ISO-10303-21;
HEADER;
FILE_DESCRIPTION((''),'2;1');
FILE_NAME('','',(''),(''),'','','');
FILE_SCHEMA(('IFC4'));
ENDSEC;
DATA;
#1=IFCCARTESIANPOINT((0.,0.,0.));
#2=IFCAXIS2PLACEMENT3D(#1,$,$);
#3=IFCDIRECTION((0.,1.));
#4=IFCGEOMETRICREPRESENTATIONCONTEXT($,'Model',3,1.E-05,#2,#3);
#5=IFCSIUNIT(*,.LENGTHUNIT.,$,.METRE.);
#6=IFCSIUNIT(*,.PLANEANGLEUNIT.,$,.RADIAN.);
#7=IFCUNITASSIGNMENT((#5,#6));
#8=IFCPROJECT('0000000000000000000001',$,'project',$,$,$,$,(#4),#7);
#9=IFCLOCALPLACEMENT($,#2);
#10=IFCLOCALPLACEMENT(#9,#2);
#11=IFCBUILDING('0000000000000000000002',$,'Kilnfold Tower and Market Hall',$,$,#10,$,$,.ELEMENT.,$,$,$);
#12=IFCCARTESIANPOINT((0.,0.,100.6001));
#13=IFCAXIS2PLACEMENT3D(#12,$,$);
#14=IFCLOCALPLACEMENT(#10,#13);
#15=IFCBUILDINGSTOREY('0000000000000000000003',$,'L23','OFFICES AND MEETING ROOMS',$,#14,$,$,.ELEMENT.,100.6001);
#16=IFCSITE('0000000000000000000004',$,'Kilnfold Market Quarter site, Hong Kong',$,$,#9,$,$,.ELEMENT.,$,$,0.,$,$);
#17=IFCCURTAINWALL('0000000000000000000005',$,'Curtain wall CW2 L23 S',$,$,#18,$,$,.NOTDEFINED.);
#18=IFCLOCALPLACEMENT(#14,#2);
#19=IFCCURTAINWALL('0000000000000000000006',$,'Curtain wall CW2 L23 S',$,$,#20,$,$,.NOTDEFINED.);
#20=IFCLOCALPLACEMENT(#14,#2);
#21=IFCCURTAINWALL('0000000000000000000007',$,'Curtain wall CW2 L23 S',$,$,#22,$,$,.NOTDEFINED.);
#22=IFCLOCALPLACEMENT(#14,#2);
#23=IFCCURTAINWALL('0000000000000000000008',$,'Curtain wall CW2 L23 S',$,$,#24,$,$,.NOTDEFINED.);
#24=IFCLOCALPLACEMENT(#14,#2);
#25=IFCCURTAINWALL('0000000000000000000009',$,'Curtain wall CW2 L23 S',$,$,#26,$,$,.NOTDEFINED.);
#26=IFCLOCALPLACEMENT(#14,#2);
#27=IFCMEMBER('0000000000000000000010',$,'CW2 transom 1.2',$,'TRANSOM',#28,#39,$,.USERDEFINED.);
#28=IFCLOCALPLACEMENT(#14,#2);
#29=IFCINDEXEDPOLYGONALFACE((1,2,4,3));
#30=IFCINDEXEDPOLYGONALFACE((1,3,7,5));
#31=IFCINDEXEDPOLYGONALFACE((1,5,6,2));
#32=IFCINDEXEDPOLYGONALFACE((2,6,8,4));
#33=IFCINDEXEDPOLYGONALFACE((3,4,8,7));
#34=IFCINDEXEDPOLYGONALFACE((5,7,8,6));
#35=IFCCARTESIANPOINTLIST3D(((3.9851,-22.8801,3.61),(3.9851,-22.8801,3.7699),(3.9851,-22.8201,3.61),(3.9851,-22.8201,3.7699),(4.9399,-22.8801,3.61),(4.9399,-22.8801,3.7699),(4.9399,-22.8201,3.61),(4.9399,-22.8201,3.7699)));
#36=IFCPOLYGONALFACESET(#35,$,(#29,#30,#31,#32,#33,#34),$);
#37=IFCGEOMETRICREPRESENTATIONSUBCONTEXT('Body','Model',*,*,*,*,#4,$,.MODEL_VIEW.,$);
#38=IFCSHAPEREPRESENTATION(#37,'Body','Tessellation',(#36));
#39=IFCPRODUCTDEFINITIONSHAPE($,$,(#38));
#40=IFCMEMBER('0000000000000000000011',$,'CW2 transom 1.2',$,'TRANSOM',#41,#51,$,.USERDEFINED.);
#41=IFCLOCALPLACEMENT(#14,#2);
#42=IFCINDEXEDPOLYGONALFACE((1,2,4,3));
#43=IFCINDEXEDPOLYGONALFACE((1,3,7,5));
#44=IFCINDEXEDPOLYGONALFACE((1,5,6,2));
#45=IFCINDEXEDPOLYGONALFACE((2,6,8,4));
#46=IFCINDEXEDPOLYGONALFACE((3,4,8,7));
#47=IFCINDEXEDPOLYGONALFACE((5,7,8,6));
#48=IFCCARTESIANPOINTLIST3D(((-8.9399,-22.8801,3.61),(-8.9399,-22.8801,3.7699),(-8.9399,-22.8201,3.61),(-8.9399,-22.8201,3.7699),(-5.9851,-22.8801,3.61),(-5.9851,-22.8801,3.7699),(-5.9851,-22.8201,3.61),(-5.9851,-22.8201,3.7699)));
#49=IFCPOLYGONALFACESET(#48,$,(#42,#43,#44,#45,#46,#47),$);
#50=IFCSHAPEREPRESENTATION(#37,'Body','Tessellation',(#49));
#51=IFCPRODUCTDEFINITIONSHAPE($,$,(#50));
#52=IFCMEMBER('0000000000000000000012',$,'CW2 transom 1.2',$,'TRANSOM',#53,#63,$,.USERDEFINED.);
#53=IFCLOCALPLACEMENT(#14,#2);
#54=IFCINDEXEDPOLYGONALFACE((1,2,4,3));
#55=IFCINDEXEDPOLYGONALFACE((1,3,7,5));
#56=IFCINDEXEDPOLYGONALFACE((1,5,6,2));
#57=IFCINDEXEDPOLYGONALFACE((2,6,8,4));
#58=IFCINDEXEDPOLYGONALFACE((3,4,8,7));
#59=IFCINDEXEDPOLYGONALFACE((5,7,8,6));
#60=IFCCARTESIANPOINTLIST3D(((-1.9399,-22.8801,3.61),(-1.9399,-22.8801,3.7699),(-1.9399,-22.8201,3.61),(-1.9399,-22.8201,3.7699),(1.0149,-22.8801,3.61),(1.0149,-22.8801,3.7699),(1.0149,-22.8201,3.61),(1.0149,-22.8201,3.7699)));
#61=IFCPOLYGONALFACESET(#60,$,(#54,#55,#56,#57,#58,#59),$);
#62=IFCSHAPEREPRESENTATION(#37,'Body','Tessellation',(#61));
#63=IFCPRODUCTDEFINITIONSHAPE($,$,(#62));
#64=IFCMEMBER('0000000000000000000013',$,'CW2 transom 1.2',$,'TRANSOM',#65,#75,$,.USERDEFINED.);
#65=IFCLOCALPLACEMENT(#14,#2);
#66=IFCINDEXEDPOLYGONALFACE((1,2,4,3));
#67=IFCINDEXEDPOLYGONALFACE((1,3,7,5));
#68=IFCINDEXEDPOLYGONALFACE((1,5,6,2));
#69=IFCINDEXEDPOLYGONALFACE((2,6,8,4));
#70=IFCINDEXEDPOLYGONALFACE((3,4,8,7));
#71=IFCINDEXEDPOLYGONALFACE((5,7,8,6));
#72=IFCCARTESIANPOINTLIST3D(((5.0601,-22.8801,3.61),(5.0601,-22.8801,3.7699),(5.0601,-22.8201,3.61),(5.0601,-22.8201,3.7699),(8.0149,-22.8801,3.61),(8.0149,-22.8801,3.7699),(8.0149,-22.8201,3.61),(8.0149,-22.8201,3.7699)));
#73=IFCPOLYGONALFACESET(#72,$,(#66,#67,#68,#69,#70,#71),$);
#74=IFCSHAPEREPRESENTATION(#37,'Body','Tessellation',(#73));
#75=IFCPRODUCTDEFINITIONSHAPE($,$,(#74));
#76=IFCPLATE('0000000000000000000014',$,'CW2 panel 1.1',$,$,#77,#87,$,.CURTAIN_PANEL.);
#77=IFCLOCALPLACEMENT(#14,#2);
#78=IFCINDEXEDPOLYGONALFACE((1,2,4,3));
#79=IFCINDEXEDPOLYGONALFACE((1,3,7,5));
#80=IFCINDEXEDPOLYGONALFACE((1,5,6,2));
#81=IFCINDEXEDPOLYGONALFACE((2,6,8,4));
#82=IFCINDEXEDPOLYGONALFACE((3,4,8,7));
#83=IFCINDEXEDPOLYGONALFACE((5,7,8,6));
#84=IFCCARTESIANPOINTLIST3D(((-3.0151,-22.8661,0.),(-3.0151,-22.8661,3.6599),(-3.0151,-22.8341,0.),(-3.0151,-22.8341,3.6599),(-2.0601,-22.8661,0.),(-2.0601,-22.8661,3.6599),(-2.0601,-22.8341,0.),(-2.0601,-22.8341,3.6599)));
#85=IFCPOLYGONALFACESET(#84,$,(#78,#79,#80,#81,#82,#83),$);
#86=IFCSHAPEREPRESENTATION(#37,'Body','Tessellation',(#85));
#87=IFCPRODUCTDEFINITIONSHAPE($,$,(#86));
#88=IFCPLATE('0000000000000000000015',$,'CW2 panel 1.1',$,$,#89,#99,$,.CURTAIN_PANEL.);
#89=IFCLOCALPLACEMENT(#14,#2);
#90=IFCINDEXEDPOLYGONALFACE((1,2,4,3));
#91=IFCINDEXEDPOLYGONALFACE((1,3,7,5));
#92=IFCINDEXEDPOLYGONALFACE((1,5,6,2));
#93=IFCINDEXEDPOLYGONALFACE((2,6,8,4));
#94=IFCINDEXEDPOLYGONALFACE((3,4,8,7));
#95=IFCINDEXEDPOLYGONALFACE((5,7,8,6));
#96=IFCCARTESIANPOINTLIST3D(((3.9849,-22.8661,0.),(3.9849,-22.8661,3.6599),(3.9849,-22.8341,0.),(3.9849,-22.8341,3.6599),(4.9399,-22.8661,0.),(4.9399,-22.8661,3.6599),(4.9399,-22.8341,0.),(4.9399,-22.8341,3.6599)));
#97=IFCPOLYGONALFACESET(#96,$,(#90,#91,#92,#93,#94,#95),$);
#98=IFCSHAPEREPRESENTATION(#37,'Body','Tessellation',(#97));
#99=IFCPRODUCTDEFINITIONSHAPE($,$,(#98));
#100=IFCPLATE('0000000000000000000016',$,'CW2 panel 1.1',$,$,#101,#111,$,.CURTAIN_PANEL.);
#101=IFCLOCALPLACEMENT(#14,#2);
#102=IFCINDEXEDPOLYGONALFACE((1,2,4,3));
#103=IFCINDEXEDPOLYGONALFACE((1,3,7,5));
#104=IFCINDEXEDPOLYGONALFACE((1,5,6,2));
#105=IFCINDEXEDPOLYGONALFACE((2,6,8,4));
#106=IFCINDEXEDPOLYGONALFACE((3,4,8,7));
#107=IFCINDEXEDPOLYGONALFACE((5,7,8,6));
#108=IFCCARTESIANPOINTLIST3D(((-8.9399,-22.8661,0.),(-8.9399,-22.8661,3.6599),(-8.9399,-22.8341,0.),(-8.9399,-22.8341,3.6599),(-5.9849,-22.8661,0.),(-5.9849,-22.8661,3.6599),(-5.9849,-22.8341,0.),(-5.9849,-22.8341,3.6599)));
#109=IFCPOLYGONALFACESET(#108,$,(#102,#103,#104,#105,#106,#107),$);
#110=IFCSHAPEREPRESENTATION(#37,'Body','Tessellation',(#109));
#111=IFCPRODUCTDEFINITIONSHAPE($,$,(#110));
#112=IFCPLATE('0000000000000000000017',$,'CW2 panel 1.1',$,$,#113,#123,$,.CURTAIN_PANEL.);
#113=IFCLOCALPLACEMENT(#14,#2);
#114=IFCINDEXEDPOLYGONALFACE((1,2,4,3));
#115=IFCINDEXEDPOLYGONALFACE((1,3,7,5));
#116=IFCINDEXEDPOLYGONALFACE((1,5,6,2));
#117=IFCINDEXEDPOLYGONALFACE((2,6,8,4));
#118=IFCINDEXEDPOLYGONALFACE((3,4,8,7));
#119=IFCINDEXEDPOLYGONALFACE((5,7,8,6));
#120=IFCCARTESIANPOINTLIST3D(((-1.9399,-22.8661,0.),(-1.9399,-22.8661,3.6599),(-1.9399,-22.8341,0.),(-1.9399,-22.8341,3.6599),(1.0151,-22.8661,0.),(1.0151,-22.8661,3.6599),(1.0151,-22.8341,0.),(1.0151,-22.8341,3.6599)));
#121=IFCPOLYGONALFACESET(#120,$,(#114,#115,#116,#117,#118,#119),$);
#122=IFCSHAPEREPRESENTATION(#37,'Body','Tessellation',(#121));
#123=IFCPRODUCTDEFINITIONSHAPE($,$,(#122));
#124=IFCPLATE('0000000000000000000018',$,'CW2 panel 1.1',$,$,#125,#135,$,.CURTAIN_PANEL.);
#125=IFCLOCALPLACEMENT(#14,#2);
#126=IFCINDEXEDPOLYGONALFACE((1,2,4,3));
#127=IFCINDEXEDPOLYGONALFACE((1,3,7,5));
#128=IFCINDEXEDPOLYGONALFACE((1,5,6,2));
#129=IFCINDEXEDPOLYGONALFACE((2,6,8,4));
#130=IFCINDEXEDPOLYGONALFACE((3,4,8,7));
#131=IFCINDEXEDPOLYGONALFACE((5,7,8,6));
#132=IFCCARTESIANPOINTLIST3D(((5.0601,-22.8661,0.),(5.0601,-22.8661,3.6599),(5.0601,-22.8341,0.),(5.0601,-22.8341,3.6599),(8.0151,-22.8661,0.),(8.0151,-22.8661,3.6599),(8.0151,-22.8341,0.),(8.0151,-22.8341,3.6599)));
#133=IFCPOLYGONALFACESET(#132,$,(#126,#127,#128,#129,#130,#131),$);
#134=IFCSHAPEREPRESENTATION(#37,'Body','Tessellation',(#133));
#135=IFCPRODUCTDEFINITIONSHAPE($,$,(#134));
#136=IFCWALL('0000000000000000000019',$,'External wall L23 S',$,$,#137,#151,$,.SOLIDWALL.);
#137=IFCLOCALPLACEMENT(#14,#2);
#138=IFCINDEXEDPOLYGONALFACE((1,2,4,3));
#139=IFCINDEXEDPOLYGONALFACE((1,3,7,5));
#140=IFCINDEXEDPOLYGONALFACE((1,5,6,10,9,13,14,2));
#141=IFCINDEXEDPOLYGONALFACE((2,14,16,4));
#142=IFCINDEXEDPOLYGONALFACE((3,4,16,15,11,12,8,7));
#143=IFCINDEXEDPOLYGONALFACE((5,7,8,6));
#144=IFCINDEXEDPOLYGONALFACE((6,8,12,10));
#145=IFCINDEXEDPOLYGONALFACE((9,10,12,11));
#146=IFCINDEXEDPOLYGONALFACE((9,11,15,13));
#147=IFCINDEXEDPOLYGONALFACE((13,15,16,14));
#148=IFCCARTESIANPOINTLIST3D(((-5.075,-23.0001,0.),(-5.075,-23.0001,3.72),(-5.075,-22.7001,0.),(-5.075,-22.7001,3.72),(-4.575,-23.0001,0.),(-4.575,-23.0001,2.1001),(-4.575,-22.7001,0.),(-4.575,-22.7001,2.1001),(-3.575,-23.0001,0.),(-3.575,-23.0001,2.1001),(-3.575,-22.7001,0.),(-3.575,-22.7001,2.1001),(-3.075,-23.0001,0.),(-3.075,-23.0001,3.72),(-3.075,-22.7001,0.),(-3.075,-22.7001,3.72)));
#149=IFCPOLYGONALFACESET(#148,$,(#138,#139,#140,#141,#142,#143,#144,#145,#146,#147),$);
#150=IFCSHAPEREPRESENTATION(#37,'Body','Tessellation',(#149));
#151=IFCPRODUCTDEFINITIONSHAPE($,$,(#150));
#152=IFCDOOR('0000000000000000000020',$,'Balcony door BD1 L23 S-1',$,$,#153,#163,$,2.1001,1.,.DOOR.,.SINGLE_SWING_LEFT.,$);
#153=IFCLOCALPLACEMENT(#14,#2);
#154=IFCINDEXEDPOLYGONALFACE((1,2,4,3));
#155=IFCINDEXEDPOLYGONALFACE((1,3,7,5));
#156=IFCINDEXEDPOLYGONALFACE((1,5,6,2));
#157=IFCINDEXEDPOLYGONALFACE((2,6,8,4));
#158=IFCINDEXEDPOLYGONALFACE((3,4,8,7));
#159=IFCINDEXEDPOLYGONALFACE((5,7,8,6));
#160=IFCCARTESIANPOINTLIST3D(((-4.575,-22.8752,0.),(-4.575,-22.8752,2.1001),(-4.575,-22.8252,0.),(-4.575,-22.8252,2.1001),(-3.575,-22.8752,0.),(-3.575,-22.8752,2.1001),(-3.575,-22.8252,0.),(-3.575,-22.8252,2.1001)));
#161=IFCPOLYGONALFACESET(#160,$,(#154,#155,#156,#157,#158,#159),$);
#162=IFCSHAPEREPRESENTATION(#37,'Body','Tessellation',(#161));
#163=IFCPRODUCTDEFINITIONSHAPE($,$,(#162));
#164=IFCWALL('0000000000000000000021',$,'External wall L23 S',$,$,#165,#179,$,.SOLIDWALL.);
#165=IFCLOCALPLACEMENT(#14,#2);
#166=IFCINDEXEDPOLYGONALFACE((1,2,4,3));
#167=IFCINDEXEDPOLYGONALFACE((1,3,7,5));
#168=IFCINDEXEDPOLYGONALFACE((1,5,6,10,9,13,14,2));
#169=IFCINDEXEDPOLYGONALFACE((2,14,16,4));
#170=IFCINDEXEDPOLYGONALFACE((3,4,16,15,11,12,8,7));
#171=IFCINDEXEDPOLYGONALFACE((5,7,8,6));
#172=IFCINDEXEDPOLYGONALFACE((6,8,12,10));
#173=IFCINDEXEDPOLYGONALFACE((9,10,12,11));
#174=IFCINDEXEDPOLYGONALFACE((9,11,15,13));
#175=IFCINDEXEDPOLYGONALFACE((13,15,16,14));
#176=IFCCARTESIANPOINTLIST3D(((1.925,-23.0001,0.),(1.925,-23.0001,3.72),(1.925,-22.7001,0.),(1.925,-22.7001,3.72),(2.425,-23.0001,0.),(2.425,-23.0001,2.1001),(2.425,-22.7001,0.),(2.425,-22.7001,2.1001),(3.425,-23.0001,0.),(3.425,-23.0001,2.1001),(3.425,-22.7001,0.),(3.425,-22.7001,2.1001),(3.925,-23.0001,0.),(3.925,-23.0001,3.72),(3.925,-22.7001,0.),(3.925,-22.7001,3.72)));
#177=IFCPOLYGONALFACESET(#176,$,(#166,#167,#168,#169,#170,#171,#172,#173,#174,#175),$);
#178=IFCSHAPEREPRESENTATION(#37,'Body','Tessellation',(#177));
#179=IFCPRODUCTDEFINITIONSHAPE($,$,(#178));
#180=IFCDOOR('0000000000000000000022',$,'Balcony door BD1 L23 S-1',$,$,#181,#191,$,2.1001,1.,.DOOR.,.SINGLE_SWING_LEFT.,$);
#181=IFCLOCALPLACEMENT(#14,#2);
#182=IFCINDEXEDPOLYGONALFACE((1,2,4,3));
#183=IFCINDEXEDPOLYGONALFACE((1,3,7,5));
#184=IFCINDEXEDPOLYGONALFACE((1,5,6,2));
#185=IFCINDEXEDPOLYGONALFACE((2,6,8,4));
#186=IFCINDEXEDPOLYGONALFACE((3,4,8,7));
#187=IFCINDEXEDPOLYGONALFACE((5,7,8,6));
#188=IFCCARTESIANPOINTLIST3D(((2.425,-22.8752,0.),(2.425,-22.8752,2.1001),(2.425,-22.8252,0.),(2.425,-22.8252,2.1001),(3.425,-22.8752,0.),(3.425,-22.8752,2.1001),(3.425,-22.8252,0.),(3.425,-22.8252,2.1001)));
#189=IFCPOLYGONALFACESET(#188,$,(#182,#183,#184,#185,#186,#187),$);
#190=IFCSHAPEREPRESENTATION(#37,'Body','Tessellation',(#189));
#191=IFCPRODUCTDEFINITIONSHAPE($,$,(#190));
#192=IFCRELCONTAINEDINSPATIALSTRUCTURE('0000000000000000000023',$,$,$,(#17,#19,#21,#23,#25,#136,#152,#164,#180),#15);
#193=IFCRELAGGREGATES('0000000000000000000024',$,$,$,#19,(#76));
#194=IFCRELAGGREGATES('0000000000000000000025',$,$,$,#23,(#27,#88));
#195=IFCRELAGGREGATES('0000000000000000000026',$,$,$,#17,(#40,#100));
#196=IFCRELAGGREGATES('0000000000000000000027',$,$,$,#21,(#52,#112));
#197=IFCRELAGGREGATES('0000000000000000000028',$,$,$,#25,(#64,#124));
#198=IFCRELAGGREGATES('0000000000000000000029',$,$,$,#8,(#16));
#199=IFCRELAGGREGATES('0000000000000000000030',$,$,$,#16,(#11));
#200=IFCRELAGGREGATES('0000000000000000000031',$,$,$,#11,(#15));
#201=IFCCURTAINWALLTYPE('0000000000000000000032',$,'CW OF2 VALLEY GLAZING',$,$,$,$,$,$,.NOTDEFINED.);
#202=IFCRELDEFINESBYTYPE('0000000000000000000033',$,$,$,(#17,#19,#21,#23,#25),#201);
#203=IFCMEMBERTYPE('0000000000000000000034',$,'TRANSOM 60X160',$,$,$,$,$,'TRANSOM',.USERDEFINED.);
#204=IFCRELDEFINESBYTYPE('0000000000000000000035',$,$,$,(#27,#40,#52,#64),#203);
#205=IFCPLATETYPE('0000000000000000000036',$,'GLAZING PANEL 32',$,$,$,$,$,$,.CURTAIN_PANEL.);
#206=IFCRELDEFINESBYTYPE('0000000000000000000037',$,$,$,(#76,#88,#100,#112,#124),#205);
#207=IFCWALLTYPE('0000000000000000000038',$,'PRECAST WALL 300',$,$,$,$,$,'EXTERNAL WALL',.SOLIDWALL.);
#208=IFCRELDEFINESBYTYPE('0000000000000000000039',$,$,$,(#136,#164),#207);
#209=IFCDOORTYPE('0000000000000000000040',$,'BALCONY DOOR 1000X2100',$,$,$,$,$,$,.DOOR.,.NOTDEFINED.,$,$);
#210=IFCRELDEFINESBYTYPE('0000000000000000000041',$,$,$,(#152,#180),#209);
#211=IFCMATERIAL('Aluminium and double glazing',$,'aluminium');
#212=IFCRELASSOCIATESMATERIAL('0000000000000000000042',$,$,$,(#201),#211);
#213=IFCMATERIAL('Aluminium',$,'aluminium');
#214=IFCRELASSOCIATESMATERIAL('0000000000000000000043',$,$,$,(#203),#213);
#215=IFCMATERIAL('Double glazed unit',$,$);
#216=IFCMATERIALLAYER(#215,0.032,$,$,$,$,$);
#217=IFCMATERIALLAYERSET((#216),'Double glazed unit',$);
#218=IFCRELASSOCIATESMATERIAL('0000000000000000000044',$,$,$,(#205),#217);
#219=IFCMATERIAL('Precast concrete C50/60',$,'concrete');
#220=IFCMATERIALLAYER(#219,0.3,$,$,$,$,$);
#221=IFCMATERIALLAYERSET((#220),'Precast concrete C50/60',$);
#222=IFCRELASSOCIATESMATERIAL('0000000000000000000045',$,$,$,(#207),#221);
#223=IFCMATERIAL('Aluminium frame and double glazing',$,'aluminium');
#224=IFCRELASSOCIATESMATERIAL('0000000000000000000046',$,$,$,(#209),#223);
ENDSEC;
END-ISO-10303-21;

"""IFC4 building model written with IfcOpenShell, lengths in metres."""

from ifc_helpers import new_model, si_unit, direction, frame, frame_2d, origin, origin_2d, place, context, subcontext, project, spatial, rectangle, extrude, source, transform, mapped, material, layer, layer_set, material_profile, profile_set, type_object, element, fill, aggregate, save


model = new_model("IFC4")

# Units and contexts
model_context = context("Model", 3, precision=1e-05, world=origin(), true_north=direction((0.0, 1.0)))
body_context = subcontext(model_context, "Body", "Model", "MODEL_VIEW")
ifc_project = project(units=[si_unit("LENGTHUNIT", "METRE"), si_unit("PLANEANGLEUNIT", "RADIAN")], contexts=[model_context])

# Site, building, storey
site_placement = place(None, origin())
site = spatial("IfcSite", under=ifc_project, at=site_placement, Name="Kilnfold Market Quarter site, Hong Kong", CompositionType="ELEMENT", RefElevation=0.0)
building_placement = place(site_placement, origin())
building = spatial("IfcBuilding", under=site, at=building_placement, Name="Kilnfold Tower and Market Hall", CompositionType="ELEMENT")
storey_placement = place(building_placement, frame((0.0, 0.0, 100.6001)))
storey = spatial("IfcBuildingStorey", under=building, at=storey_placement, Name="L23", Description="OFFICES AND MEETING ROOMS", CompositionType="ELEMENT", Elevation=100.6001)

# Shared definitions
ifc_material_1 = material(Name="Aluminium and double glazing", Category="aluminium")
curtain_wall_type = type_object("IfcCurtainWallType", Name="CW OF2 VALLEY GLAZING", PredefinedType="NOTDEFINED", material=ifc_material_1)

# Curtain walls
curtain_wall_1_placement = place(storey_placement, origin())
curtain_wall_1 = element("IfcCurtainWall", 1, at=curtain_wall_1_placement, inside=storey, type_object=curtain_wall_type, Name="Curtain wall CW2 L23 S", PredefinedType="NOTDEFINED")
curtain_wall_2_placement = place(storey_placement, origin())
curtain_wall_2 = element("IfcCurtainWall", 2, at=curtain_wall_2_placement, inside=storey, type_object=curtain_wall_type, Name="Curtain wall CW2 L23 S", PredefinedType="NOTDEFINED")
curtain_wall_3_placement = place(storey_placement, origin())
curtain_wall_3 = element("IfcCurtainWall", 3, at=curtain_wall_3_placement, inside=storey, type_object=curtain_wall_type, Name="Curtain wall CW2 L23 S", PredefinedType="NOTDEFINED")
curtain_wall_4_placement = place(storey_placement, origin())
curtain_wall_4 = element("IfcCurtainWall", 4, at=curtain_wall_4_placement, inside=storey, type_object=curtain_wall_type, Name="Curtain wall CW2 L23 S", PredefinedType="NOTDEFINED")
curtain_wall_5_placement = place(storey_placement, origin())
curtain_wall_5 = element("IfcCurtainWall", 5, at=curtain_wall_5_placement, inside=storey, type_object=curtain_wall_type, Name="Curtain wall CW2 L23 S", PredefinedType="NOTDEFINED")

# Members
ifc_material_2 = material(Name="Aluminium", Category="aluminium")
ifc_material_profile_1 = material_profile(ifc_material_2, rectangle(XDim=0.0601, YDim=0.1599, at=origin_2d()), Name="TRANSOM 60x160")
ifc_profile_set_1 = profile_set([ifc_material_profile_1], Name="Aluminium")
member_type_1 = type_object("IfcMemberType", Name="TRANSOM 60X160", ElementType="TRANSOM", PredefinedType="USERDEFINED", material=ifc_profile_set_1)
shared_shape_1 = source(origin(), body_context, "Body", "SweptSolid", [
    extrude(rectangle(XDim=0.0601, YDim=0.1599, at=origin_2d()), origin(), (0.0, 0.0, 1.0), 0.9548),
])
member_1_placement = place(storey_placement, frame((3.9851, -22.8501, 3.6899), z_axis=(1.0, 0.0, 0.0), x_axis=(0.0, 1.0, 0.0)))
member_1 = element("IfcMember", 6, at=member_1_placement, type_object=member_type_1, Name="CW2 transom 1.2", ObjectType="TRANSOM", PredefinedType="USERDEFINED", context=body_context, shape_type="MappedRepresentation", body=[
    mapped(shared_shape_1, transform((0.0, 0.0, 0.0))),
])
shared_shape_2 = source(origin(), body_context, "Body", "SweptSolid", [
    extrude(rectangle(XDim=0.0601, YDim=0.1599, at=origin_2d()), origin(), (0.0, 0.0, 1.0), 2.9548),
])
member_2_placement = place(storey_placement, frame((-8.9399, -22.8501, 3.6899), z_axis=(1.0, 0.0, 0.0), x_axis=(0.0, 1.0, 0.0)))
member_2 = element("IfcMember", 7, at=member_2_placement, type_object=member_type_1, Name="CW2 transom 1.2", ObjectType="TRANSOM", PredefinedType="USERDEFINED", context=body_context, shape_type="MappedRepresentation", body=[
    mapped(shared_shape_2, transform((0.0, 0.0, 0.0))),
])
member_3_placement = place(storey_placement, frame((-1.9399, -22.8501, 3.6899), z_axis=(1.0, 0.0, 0.0), x_axis=(0.0, 1.0, 0.0)))
member_3 = element("IfcMember", 8, at=member_3_placement, type_object=member_type_1, Name="CW2 transom 1.2", ObjectType="TRANSOM", PredefinedType="USERDEFINED", context=body_context, shape_type="MappedRepresentation", body=[
    mapped(shared_shape_2, transform((0.0, 0.0, 0.0))),
])
member_4_placement = place(storey_placement, frame((5.0601, -22.8501, 3.6899), z_axis=(1.0, 0.0, 0.0), x_axis=(0.0, 1.0, 0.0)))
member_4 = element("IfcMember", 9, at=member_4_placement, type_object=member_type_1, Name="CW2 transom 1.2", ObjectType="TRANSOM", PredefinedType="USERDEFINED", context=body_context, shape_type="MappedRepresentation", body=[
    mapped(shared_shape_2, transform((0.0, 0.0, 0.0))),
])

# Plates
ifc_material_3 = material(Name="Double glazed unit")
ifc_layer_1 = layer(ifc_material_3, 0.032)
ifc_layer_set_1 = layer_set([ifc_layer_1], Name="Double glazed unit")
plate_type = type_object("IfcPlateType", Name="GLAZING PANEL 32", PredefinedType="CURTAIN_PANEL", material=ifc_layer_set_1)
shared_shape_3 = source(origin(), body_context, "Body", "SweptSolid", [
    extrude(rectangle(XDim=0.9551, YDim=0.032, at=origin_2d()), origin(), (0.0, 0.0, 1.0), 3.6599),
])
plate_1_placement = place(storey_placement, frame((-2.5376, -22.8501, 0.0), z_axis=(0.0, 0.0, 1.0), x_axis=(1.0, 0.0, 0.0)))
plate_1 = element("IfcPlate", 10, at=plate_1_placement, type_object=plate_type, Name="CW2 panel 1.1", PredefinedType="CURTAIN_PANEL", context=body_context, shape_type="MappedRepresentation", body=[
    mapped(shared_shape_3, transform((0.0, 0.0, 0.0))),
])
aggregate(curtain_wall_2, [plate_1])
plate_2_placement = place(storey_placement, frame((4.4624, -22.8501, 0.0), z_axis=(0.0, 0.0, 1.0), x_axis=(1.0, 0.0, 0.0)))
plate_2 = element("IfcPlate", 11, at=plate_2_placement, type_object=plate_type, Name="CW2 panel 1.1", PredefinedType="CURTAIN_PANEL", context=body_context, shape_type="MappedRepresentation", body=[
    mapped(shared_shape_3, transform((0.0, 0.0, 0.0))),
])
aggregate(curtain_wall_4, [member_1, plate_2])
shared_shape_4 = source(origin(), body_context, "Body", "SweptSolid", [
    extrude(rectangle(XDim=2.9551, YDim=0.032, at=origin_2d()), origin(), (0.0, 0.0, 1.0), 3.6599),
])
plate_3_placement = place(storey_placement, frame((-7.4624, -22.8501, 0.0), z_axis=(0.0, 0.0, 1.0), x_axis=(1.0, 0.0, 0.0)))
plate_3 = element("IfcPlate", 12, at=plate_3_placement, type_object=plate_type, Name="CW2 panel 1.1", PredefinedType="CURTAIN_PANEL", context=body_context, shape_type="MappedRepresentation", body=[
    mapped(shared_shape_4, transform((0.0, 0.0, 0.0))),
])
aggregate(curtain_wall_1, [member_2, plate_3])
plate_4_placement = place(storey_placement, frame((-0.4624, -22.8501, 0.0), z_axis=(0.0, 0.0, 1.0), x_axis=(1.0, 0.0, 0.0)))
plate_4 = element("IfcPlate", 13, at=plate_4_placement, type_object=plate_type, Name="CW2 panel 1.1", PredefinedType="CURTAIN_PANEL", context=body_context, shape_type="MappedRepresentation", body=[
    mapped(shared_shape_4, transform((0.0, 0.0, 0.0))),
])
aggregate(curtain_wall_3, [member_3, plate_4])
plate_5_placement = place(storey_placement, frame((6.5376, -22.8501, 0.0), z_axis=(0.0, 0.0, 1.0), x_axis=(1.0, 0.0, 0.0)))
plate_5 = element("IfcPlate", 14, at=plate_5_placement, type_object=plate_type, Name="CW2 panel 1.1", PredefinedType="CURTAIN_PANEL", context=body_context, shape_type="MappedRepresentation", body=[
    mapped(shared_shape_4, transform((0.0, 0.0, 0.0))),
])
aggregate(curtain_wall_5, [member_4, plate_5])

# Walls, openings, doors
ifc_material_4 = material(Name="Precast concrete C50/60", Category="concrete")
ifc_layer_2 = layer(ifc_material_4, 0.3)
ifc_layer_set_2 = layer_set([ifc_layer_2], Name="Precast concrete C50/60")
wall_type = type_object("IfcWallType", Name="PRECAST WALL 300", ElementType="EXTERNAL WALL", PredefinedType="SOLIDWALL", material=ifc_layer_set_2)
shared_shape_5 = source(origin(), body_context, "Body", "SweptSolid", [
    extrude(rectangle(XDim=2.0, YDim=0.3, at=frame_2d((1.0, 0.0))), origin(), (0.0, 0.0, 1.0), 3.72),
])
wall_1_placement = place(storey_placement, frame((-5.075, -22.8501, 0.0), z_axis=(0.0, 0.0, 1.0), x_axis=(1.0, 0.0, 0.0)))
wall_1 = element("IfcWall", 15, at=wall_1_placement, inside=storey, type_object=wall_type, Name="External wall L23 S", PredefinedType="SOLIDWALL", context=body_context, shape_type="MappedRepresentation", body=[
    mapped(shared_shape_5, transform((0.0, 0.0, 0.0))),
])
opening_1_placement = place(wall_1_placement, frame((0.5, 0.0, 0.0)))
opening_1 = element("IfcOpeningElement", 16, at=opening_1_placement, cuts=wall_1, PredefinedType="OPENING", context=body_context, shape_type="SweptSolid", body=[
    extrude(rectangle(XDim=1.0, YDim=2.1001, at=frame_2d((0.5, 1.05))), frame((0.0, 0.1602, 0.0), z_axis=(0.0, -1.0, 0.0), x_axis=(1.0, 0.0, 0.0)), (0.0, 0.0, 1.0), 0.3201),
])
ifc_material_5 = material(Name="Aluminium frame and double glazing", Category="aluminium")
door_type = type_object("IfcDoorType", Name="BALCONY DOOR 1000X2100", OperationType="NOTDEFINED", PredefinedType="DOOR", material=ifc_material_5)
door_1_placement = place(opening_1_placement, origin())
door_1 = element("IfcDoor", 17, at=door_1_placement, inside=storey, type_object=door_type, Name="Balcony door BD1 L23 S-1", OperationType="SINGLE_SWING_LEFT", OverallHeight=2.1001, OverallWidth=1.0, PredefinedType="DOOR", context=body_context, shape_type="SweptSolid", body=[
    extrude(rectangle(XDim=1.0, YDim=2.1001, at=frame_2d((0.5, 1.05))), frame((0.0, 0.0249, 0.0), z_axis=(0.0, -1.0, 0.0), x_axis=(1.0, 0.0, 0.0)), (0.0, 0.0, 1.0), 0.05),
])
fill(opening_1, door_1)
wall_2_placement = place(storey_placement, frame((1.925, -22.8501, 0.0), z_axis=(0.0, 0.0, 1.0), x_axis=(1.0, 0.0, 0.0)))
wall_2 = element("IfcWall", 18, at=wall_2_placement, inside=storey, type_object=wall_type, Name="External wall L23 S", PredefinedType="SOLIDWALL", context=body_context, shape_type="MappedRepresentation", body=[
    mapped(shared_shape_5, transform((0.0, 0.0, 0.0))),
])
opening_2_placement = place(wall_2_placement, frame((0.5, 0.0, 0.0)))
opening_2 = element("IfcOpeningElement", 19, at=opening_2_placement, cuts=wall_2, PredefinedType="OPENING", context=body_context, shape_type="SweptSolid", body=[
    extrude(rectangle(XDim=1.0, YDim=2.1001, at=frame_2d((0.5, 1.05))), frame((0.0, 0.1602, 0.0), z_axis=(0.0, -1.0, 0.0), x_axis=(1.0, 0.0, 0.0)), (0.0, 0.0, 1.0), 0.3201),
])
door_2_placement = place(opening_2_placement, origin())
door_2 = element("IfcDoor", 20, at=door_2_placement, inside=storey, type_object=door_type, Name="Balcony door BD1 L23 S-1", OperationType="SINGLE_SWING_LEFT", OverallHeight=2.1001, OverallWidth=1.0, PredefinedType="DOOR", context=body_context, shape_type="SweptSolid", body=[
    extrude(rectangle(XDim=1.0, YDim=2.1001, at=frame_2d((0.5, 1.05))), frame((0.0, 0.0249, 0.0), z_axis=(0.0, -1.0, 0.0), x_axis=(1.0, 0.0, 0.0)), (0.0, 0.0, 1.0), 0.05),
])
fill(opening_2, door_2)

save(model, "model.ifc")
